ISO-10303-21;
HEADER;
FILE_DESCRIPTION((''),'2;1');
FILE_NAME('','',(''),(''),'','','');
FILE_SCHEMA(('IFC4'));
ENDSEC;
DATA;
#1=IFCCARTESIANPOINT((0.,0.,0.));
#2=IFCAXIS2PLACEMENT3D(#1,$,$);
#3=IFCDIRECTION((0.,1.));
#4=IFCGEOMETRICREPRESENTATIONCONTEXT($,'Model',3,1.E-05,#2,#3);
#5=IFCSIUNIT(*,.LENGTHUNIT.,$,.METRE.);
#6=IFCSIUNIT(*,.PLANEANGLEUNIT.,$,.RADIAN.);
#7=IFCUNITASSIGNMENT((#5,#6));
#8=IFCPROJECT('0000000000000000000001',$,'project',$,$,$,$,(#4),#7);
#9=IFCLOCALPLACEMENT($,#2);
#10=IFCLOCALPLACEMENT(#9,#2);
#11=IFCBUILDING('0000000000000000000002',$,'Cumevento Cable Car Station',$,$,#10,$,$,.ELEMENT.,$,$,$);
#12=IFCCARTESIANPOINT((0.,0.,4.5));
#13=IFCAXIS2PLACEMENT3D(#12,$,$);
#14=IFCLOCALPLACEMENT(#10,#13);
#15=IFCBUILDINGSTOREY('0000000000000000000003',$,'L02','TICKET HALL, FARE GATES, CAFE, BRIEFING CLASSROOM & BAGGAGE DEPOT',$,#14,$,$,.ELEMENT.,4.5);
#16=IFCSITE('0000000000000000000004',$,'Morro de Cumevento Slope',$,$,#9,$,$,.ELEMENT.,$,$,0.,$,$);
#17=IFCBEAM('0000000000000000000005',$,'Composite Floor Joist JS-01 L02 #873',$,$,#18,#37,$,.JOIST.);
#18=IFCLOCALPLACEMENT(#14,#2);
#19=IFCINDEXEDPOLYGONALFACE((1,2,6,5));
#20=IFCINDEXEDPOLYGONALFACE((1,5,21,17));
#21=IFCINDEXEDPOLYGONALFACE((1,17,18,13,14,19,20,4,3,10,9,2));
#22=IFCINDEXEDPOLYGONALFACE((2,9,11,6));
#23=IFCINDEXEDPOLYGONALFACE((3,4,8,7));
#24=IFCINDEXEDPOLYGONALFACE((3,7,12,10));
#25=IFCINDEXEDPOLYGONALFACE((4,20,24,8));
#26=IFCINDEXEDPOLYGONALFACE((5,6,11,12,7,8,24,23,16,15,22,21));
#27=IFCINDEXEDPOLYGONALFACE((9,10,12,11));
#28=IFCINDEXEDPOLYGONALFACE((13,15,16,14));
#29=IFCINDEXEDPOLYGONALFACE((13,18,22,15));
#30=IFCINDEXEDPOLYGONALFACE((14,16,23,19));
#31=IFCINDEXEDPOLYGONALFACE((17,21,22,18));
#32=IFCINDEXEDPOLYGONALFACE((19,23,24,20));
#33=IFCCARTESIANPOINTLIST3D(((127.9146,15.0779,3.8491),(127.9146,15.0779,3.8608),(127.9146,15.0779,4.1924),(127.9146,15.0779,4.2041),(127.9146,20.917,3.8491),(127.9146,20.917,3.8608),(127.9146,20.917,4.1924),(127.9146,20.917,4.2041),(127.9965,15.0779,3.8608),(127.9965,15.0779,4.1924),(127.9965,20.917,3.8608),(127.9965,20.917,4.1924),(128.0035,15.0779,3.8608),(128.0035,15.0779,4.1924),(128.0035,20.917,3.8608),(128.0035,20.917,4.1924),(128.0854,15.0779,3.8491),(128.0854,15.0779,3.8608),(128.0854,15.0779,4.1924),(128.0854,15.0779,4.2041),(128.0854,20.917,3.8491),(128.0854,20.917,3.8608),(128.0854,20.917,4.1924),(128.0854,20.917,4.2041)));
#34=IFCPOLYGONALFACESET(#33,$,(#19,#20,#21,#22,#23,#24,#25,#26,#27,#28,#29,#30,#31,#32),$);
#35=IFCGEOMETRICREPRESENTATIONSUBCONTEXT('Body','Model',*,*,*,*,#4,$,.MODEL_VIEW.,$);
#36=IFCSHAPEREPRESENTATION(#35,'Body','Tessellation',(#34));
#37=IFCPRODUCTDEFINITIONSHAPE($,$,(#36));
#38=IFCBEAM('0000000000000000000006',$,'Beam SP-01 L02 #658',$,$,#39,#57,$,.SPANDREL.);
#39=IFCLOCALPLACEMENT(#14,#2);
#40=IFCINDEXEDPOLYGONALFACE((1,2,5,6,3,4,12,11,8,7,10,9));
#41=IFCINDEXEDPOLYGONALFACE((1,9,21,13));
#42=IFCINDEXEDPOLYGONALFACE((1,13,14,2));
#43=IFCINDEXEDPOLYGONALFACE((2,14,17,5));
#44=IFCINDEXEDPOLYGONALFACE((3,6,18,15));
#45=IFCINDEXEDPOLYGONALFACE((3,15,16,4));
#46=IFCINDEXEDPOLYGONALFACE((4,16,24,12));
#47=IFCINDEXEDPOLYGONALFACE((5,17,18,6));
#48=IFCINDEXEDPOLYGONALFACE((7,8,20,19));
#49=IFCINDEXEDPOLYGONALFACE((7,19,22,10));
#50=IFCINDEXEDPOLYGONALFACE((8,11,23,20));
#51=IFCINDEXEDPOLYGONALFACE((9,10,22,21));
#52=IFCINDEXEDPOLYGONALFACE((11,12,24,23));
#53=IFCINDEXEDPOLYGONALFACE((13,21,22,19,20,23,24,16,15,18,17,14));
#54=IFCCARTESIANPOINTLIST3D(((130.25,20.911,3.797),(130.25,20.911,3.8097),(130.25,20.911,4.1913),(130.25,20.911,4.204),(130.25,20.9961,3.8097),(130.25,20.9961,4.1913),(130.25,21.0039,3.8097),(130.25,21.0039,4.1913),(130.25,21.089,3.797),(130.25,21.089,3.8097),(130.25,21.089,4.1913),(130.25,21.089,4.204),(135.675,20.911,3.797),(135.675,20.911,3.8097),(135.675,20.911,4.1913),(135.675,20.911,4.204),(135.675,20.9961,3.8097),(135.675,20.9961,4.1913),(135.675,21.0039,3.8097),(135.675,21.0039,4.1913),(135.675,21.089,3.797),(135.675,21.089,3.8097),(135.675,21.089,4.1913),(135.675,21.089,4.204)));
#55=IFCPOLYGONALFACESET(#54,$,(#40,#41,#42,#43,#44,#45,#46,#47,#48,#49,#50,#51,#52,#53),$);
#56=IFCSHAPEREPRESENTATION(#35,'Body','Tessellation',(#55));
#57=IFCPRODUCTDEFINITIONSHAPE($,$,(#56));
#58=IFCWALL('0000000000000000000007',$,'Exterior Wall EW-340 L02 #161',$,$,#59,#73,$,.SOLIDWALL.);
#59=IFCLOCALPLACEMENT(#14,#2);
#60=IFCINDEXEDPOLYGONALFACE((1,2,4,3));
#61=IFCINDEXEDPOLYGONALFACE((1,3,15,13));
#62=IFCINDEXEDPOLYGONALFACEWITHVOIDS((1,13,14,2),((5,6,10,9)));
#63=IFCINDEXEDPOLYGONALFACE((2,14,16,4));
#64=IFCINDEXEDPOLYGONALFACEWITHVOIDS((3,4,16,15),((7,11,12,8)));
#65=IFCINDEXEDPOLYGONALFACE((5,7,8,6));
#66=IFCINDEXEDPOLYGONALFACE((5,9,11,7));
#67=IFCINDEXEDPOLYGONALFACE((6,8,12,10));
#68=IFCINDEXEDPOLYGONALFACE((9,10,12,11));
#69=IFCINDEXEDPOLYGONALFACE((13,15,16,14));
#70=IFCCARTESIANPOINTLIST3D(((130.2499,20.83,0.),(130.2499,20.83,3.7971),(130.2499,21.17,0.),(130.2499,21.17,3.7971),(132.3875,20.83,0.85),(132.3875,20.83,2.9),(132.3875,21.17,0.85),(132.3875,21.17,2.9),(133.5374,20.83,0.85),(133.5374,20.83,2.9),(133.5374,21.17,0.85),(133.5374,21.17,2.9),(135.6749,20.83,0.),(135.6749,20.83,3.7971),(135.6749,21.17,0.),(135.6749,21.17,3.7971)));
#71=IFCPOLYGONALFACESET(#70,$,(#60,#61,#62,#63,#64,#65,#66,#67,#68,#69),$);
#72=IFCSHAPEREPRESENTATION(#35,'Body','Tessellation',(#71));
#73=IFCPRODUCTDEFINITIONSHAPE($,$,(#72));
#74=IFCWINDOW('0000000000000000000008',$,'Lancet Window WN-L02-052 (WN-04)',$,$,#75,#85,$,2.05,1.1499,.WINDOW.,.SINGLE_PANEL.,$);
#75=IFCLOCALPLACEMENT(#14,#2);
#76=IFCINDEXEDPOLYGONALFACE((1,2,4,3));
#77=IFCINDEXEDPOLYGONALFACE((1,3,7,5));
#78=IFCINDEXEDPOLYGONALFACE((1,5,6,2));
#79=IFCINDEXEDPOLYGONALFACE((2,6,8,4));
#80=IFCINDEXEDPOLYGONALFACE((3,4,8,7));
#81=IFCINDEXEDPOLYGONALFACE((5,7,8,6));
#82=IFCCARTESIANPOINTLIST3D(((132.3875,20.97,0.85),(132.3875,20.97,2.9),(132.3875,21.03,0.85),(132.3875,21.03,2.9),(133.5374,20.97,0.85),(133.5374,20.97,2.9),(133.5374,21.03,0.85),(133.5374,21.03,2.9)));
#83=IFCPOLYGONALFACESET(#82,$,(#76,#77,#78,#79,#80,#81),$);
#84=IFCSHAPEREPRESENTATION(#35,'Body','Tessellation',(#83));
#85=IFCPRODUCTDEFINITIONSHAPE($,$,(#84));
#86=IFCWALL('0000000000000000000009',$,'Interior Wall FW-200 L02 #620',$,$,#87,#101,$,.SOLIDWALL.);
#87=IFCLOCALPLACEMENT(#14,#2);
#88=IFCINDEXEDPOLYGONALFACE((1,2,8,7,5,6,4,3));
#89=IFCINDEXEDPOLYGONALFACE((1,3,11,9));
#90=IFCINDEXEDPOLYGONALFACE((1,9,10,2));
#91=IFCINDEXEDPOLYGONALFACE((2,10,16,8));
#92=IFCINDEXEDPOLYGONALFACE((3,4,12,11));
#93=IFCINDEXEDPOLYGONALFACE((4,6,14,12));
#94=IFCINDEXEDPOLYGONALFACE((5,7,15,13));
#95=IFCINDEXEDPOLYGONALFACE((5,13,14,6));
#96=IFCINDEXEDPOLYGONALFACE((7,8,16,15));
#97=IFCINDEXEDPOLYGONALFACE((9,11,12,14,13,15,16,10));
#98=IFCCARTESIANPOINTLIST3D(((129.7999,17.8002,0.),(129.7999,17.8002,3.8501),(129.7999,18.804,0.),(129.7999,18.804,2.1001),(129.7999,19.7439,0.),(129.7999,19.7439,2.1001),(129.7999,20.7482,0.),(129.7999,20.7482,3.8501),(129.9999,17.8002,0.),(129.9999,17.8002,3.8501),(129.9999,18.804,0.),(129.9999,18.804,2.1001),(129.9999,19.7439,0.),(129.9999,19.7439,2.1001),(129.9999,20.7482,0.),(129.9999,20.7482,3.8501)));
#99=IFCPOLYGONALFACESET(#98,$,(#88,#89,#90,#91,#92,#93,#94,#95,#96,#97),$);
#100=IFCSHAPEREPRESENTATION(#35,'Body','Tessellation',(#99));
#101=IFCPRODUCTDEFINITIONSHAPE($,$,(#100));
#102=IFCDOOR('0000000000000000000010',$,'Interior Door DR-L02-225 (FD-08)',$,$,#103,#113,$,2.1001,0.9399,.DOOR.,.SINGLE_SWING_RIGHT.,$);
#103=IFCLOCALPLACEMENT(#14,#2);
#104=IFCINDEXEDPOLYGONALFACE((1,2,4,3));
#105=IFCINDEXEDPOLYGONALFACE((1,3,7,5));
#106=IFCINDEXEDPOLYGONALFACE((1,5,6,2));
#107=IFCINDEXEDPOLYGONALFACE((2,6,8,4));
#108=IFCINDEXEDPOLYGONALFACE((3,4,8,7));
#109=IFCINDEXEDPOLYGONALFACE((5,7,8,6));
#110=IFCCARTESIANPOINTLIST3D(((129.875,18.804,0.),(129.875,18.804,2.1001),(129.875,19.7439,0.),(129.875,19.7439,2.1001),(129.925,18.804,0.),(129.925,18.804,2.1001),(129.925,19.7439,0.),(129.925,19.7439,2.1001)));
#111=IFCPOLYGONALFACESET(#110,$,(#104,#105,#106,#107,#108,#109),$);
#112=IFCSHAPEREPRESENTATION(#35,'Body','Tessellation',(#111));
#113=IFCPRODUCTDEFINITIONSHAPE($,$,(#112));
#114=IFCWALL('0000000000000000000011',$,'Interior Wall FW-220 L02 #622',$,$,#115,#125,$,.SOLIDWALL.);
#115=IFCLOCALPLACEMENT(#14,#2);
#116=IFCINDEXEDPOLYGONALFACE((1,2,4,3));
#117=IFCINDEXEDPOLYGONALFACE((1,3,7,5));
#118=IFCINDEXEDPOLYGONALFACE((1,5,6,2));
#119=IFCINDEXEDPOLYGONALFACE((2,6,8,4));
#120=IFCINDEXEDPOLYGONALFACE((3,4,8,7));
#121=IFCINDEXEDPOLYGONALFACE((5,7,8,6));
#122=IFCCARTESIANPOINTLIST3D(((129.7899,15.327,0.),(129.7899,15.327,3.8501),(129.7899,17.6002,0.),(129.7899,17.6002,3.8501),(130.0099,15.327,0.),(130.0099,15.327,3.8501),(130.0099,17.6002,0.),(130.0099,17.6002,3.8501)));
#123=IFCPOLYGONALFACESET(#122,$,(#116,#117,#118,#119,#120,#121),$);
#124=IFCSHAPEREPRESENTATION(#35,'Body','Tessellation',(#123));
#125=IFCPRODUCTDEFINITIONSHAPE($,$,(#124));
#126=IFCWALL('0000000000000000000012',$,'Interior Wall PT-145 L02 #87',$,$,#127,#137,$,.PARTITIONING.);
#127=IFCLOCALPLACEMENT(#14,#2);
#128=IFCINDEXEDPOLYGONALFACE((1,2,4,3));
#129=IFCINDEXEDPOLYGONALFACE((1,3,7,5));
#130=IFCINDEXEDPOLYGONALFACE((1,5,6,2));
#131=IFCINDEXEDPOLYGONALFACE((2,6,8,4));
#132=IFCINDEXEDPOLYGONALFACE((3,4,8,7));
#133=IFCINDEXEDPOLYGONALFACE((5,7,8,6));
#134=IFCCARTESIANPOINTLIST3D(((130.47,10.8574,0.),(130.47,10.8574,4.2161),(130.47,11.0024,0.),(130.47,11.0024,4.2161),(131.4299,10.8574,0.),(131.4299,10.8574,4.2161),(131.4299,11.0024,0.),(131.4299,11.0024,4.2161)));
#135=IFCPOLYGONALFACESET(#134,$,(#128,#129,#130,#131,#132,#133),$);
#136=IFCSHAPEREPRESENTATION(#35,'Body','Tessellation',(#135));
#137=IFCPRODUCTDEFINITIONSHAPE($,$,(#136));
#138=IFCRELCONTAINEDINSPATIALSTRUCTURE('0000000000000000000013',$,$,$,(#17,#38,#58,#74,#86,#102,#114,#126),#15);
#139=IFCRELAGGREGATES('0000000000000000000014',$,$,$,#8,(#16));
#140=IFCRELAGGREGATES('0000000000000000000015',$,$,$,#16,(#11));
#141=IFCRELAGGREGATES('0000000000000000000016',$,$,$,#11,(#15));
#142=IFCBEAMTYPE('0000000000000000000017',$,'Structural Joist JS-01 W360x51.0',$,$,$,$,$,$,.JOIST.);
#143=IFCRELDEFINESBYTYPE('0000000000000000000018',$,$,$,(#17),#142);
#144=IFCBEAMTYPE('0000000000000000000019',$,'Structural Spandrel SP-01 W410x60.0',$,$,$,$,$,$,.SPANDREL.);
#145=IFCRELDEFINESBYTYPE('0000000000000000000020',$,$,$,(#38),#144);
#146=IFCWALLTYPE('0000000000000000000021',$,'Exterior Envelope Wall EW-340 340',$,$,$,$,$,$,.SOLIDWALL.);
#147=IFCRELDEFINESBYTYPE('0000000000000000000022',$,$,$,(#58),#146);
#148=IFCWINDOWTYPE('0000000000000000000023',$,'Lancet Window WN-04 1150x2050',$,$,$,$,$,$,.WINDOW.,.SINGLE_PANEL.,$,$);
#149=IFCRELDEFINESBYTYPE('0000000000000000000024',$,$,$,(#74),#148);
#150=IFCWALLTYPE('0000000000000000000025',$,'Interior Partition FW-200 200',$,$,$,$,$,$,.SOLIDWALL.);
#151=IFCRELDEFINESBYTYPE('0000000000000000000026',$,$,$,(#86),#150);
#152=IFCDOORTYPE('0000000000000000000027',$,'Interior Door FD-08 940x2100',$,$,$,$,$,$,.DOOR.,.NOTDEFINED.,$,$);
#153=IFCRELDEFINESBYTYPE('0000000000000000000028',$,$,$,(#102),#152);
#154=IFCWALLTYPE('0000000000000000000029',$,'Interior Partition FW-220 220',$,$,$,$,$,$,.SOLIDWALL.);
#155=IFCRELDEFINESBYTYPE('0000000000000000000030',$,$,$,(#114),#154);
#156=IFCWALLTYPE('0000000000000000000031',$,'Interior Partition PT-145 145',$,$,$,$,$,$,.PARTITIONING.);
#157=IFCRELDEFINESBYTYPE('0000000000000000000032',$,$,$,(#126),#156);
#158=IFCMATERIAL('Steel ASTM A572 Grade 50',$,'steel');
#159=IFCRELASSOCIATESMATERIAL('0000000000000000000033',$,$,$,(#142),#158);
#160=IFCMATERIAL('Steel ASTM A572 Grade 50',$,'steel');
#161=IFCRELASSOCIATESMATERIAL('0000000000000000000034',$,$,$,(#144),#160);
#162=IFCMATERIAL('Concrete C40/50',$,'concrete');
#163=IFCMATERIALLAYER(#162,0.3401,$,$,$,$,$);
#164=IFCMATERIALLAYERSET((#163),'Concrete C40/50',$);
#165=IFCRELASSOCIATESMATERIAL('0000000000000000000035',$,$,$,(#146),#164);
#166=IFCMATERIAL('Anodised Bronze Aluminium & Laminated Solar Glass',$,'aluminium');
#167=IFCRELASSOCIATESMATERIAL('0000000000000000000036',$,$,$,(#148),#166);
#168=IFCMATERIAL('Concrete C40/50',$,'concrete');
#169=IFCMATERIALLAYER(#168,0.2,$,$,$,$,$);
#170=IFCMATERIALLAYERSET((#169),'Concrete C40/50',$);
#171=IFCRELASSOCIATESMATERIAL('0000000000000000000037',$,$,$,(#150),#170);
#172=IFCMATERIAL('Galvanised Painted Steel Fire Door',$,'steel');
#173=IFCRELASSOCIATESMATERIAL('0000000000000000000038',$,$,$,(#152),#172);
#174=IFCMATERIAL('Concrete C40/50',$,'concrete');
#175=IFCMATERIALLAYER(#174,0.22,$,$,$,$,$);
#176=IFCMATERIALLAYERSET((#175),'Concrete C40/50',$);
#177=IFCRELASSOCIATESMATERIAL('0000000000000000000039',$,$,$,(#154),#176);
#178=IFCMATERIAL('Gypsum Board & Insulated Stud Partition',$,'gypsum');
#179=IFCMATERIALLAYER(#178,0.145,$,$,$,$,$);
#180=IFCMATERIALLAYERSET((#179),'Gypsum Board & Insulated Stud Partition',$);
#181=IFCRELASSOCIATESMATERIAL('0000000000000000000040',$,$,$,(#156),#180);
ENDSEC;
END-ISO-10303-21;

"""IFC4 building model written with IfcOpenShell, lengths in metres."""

from ifc_helpers import new_model, si_unit, direction, frame, frame_2d, origin, origin_2d, place, context, subcontext, project, spatial, rectangle, i_section, extrude, material, layer, layer_set, material_profile, profile_set, type_object, element, fill, save


model = new_model("IFC4")

# Units and contexts
model_context = context("Model", 3, precision=1e-05, world=origin(), true_north=direction((0.0, 1.0)))
body_context = subcontext(model_context, "Body", "Model", "MODEL_VIEW")
ifc_project = project(units=[si_unit("LENGTHUNIT", "METRE"), si_unit("PLANEANGLEUNIT", "RADIAN")], contexts=[model_context])

# Site, building, storey
site_placement = place(None, origin())
site = spatial("IfcSite", under=ifc_project, at=site_placement, Name="Morro de Cumevento Slope", CompositionType="ELEMENT", RefElevation=0.0)
building_placement = place(site_placement, origin())
building = spatial("IfcBuilding", under=site, at=building_placement, Name="Cumevento Cable Car Station", CompositionType="ELEMENT")
storey_placement = place(building_placement, frame((0.0, 0.0, 4.5)))
storey = spatial("IfcBuildingStorey", under=building, at=storey_placement, Name="L02", Description="TICKET HALL, FARE GATES, CAFE, BRIEFING CLASSROOM & BAGGAGE DEPOT", CompositionType="ELEMENT", Elevation=4.5)

# Beams
ifc_material_1 = material(Name="Steel ASTM A572 Grade 50", Category="steel")
ifc_material_profile_1 = material_profile(ifc_material_1, i_section(OverallWidth=0.1709, OverallDepth=0.355, WebThickness=0.0071, FlangeThickness=0.0117, at=origin_2d()), Name="W360x51.0")
ifc_profile_set_1 = profile_set([ifc_material_profile_1], Name="Steel ASTM A572 Grade 50")
beam_type_1 = type_object("IfcBeamType", Name="Structural Joist JS-01 W360x51.0", PredefinedType="JOIST", material=ifc_profile_set_1)
for number, where, z_axis, x_axis, name in (
    (1, (128.0, 15.0779, 4.0266), (0.0, 1.0, 0.0), (-1.0, 0.0, 0.0), "Composite Floor Joist JS-01 L02 #873"),
):
    element("IfcBeam", number, at=place(storey_placement, frame(where, z_axis=z_axis, x_axis=x_axis)), inside=storey, type_object=beam_type_1, Name=name, PredefinedType="JOIST", context=body_context, shape_type="SweptSolid", body=[
        extrude(i_section(OverallWidth=0.1709, OverallDepth=0.355, WebThickness=0.0071, FlangeThickness=0.0117, at=origin_2d()), origin(), (0.0, 0.0, 1.0), 5.8391),
    ])
ifc_material_2 = material(Name="Steel ASTM A572 Grade 50", Category="steel")
ifc_material_profile_2 = material_profile(ifc_material_2, i_section(OverallWidth=0.178, OverallDepth=0.407, WebThickness=0.0078, FlangeThickness=0.0127, at=origin_2d()), Name="W410x60.0")
ifc_profile_set_2 = profile_set([ifc_material_profile_2], Name="Steel ASTM A572 Grade 50")
beam_type_2 = type_object("IfcBeamType", Name="Structural Spandrel SP-01 W410x60.0", PredefinedType="SPANDREL", material=ifc_profile_set_2)
beam_1_placement = place(storey_placement, frame((130.25, 21.0, 4.0005), z_axis=(1.0, 0.0, 0.0), x_axis=(0.0, 1.0, 0.0)))
element("IfcBeam", 2, at=beam_1_placement, inside=storey, type_object=beam_type_2, Name="Beam SP-01 L02 #658", PredefinedType="SPANDREL", context=body_context, shape_type="SweptSolid", body=[
    extrude(i_section(OverallWidth=0.178, OverallDepth=0.407, WebThickness=0.0078, FlangeThickness=0.0127, at=origin_2d()), origin(), (0.0, 0.0, 1.0), 5.425),
])

# Wall, opening, window
ifc_material_3 = material(Name="Concrete C40/50", Category="concrete")
ifc_layer_1 = layer(ifc_material_3, 0.3401)
ifc_layer_set_1 = layer_set([ifc_layer_1], Name="Concrete C40/50")
wall_type_1 = type_object("IfcWallType", Name="Exterior Envelope Wall EW-340 340", PredefinedType="SOLIDWALL", material=ifc_layer_set_1)
wall_1_placement = place(storey_placement, frame((130.25, 21.0, 0.0), z_axis=(0.0, 0.0, 1.0), x_axis=(1.0, 0.0, 0.0)))
wall_1 = element("IfcWall", 3, at=wall_1_placement, inside=storey, type_object=wall_type_1, Name="Exterior Wall EW-340 L02 #161", PredefinedType="SOLIDWALL", context=body_context, shape_type="SweptSolid", body=[
    extrude(rectangle(XDim=5.425, YDim=0.3401, at=frame_2d((2.7124, 0.0))), origin(), (0.0, 0.0, 1.0), 3.7971),
])
opening_1_placement = place(wall_1_placement, frame((2.1375, 0.0, 0.8501)))
opening_1 = element("IfcOpeningElement", 4, at=opening_1_placement, cuts=wall_1, PredefinedType="OPENING", context=body_context, shape_type="SweptSolid", body=[
    extrude(rectangle(XDim=1.1499, YDim=2.05, at=frame_2d((0.575, 1.0249))), frame((0.0, 0.1799, 0.0), z_axis=(0.0, -1.0, 0.0), x_axis=(1.0, 0.0, 0.0)), (0.0, 0.0, 1.0), 0.3601),
])
ifc_material_4 = material(Name="Anodised Bronze Aluminium & Laminated Solar Glass", Category="aluminium")
window_type = type_object("IfcWindowType", Name="Lancet Window WN-04 1150x2050", PartitioningType="SINGLE_PANEL", PredefinedType="WINDOW", material=ifc_material_4)
window_placement = place(opening_1_placement, origin())
window = element("IfcWindow", 5, at=window_placement, inside=storey, type_object=window_type, Name="Lancet Window WN-L02-052 (WN-04)", OverallHeight=2.05, OverallWidth=1.1499, PartitioningType="SINGLE_PANEL", PredefinedType="WINDOW", context=body_context, shape_type="SweptSolid", body=[
    extrude(rectangle(XDim=1.1499, YDim=2.05, at=frame_2d((0.575, 1.0249))), frame((0.0, 0.03, 0.0), z_axis=(0.0, -1.0, 0.0), x_axis=(1.0, 0.0, 0.0)), (0.0, 0.0, 1.0), 0.0601),
])
fill(opening_1, window)

# Wall, opening, door
ifc_material_5 = material(Name="Concrete C40/50", Category="concrete")
ifc_layer_2 = layer(ifc_material_5, 0.2)
ifc_layer_set_2 = layer_set([ifc_layer_2], Name="Concrete C40/50")
wall_type_2 = type_object("IfcWallType", Name="Interior Partition FW-200 200", PredefinedType="SOLIDWALL", material=ifc_layer_set_2)
wall_2_placement = place(storey_placement, frame((129.8999, 17.8, 0.0), z_axis=(0.0, 0.0, 1.0), x_axis=(0.0, 1.0, 0.0)))
wall_2 = element("IfcWall", 6, at=wall_2_placement, inside=storey, type_object=wall_type_2, Name="Interior Wall FW-200 L02 #620", PredefinedType="SOLIDWALL", context=body_context, shape_type="SweptSolid", body=[
    extrude(rectangle(XDim=2.948, YDim=0.2, at=frame_2d((1.4741, 0.0))), origin(), (0.0, 0.0, 1.0), 3.8501),
])
opening_2_placement = place(wall_2_placement, frame((1.0039, 0.0, 0.0)))
opening_2 = element("IfcOpeningElement", 7, at=opening_2_placement, cuts=wall_2, PredefinedType="OPENING", context=body_context, shape_type="SweptSolid", body=[
    extrude(rectangle(XDim=0.9399, YDim=2.1001, at=frame_2d((0.47, 1.05))), frame((0.0, 0.1101, 0.0), z_axis=(0.0, -1.0, 0.0), x_axis=(1.0, 0.0, 0.0)), (0.0, 0.0, 1.0), 0.22),
])
ifc_material_6 = material(Name="Galvanised Painted Steel Fire Door", Category="steel")
door_type_1 = type_object("IfcDoorType", Name="Interior Door FD-08 940x2100", OperationType="NOTDEFINED", PredefinedType="DOOR", material=ifc_material_6)
door_1_placement = place(opening_2_placement, origin())
door_1 = element("IfcDoor", 8, at=door_1_placement, inside=storey, type_object=door_type_1, Name="Interior Door DR-L02-225 (FD-08)", OperationType="SINGLE_SWING_RIGHT", OverallHeight=2.1001, OverallWidth=0.9399, PredefinedType="DOOR", context=body_context, shape_type="SweptSolid", body=[
    extrude(rectangle(XDim=0.9399, YDim=2.1001, at=frame_2d((0.47, 1.05))), frame((0.0, 0.0249, 0.0), z_axis=(0.0, -1.0, 0.0), x_axis=(1.0, 0.0, 0.0)), (0.0, 0.0, 1.0), 0.05),
])
fill(opening_2, door_1)

# Walls
ifc_material_7 = material(Name="Concrete C40/50", Category="concrete")
ifc_layer_3 = layer(ifc_material_7, 0.22)
ifc_layer_set_3 = layer_set([ifc_layer_3], Name="Concrete C40/50")
wall_type_3 = type_object("IfcWallType", Name="Interior Partition FW-220 220", PredefinedType="SOLIDWALL", material=ifc_layer_set_3)
wall_3_placement = place(storey_placement, frame((129.8999, 15.3269, 0.0), z_axis=(0.0, 0.0, 1.0), x_axis=(0.0, 1.0, 0.0)))
element("IfcWall", 9, at=wall_3_placement, inside=storey, type_object=wall_type_3, Name="Interior Wall FW-220 L02 #622", PredefinedType="SOLIDWALL", context=body_context, shape_type="SweptSolid", body=[
    extrude(rectangle(XDim=2.2732, YDim=0.22, at=frame_2d((1.1367, 0.0))), origin(), (0.0, 0.0, 1.0), 3.8501),
])
ifc_material_8 = material(Name="Gypsum Board & Insulated Stud Partition", Category="gypsum")
ifc_layer_4 = layer(ifc_material_8, 0.145)
ifc_layer_set_4 = layer_set([ifc_layer_4], Name="Gypsum Board & Insulated Stud Partition")
wall_type_4 = type_object("IfcWallType", Name="Interior Partition PT-145 145", PredefinedType="PARTITIONING", material=ifc_layer_set_4)
wall_4_placement = place(storey_placement, frame((131.4299, 10.9299, 0.0), z_axis=(0.0, 0.0, 1.0), x_axis=(-1.0, 0.0, 0.0)))
element("IfcWall", 10, at=wall_4_placement, inside=storey, type_object=wall_type_4, Name="Interior Wall PT-145 L02 #87", PredefinedType="PARTITIONING", context=body_context, shape_type="SweptSolid", body=[
    extrude(rectangle(XDim=0.96, YDim=0.145, at=frame_2d((0.48, 0.0))), origin(), (0.0, 0.0, 1.0), 4.2161),
])

save(model, "model.ifc")
